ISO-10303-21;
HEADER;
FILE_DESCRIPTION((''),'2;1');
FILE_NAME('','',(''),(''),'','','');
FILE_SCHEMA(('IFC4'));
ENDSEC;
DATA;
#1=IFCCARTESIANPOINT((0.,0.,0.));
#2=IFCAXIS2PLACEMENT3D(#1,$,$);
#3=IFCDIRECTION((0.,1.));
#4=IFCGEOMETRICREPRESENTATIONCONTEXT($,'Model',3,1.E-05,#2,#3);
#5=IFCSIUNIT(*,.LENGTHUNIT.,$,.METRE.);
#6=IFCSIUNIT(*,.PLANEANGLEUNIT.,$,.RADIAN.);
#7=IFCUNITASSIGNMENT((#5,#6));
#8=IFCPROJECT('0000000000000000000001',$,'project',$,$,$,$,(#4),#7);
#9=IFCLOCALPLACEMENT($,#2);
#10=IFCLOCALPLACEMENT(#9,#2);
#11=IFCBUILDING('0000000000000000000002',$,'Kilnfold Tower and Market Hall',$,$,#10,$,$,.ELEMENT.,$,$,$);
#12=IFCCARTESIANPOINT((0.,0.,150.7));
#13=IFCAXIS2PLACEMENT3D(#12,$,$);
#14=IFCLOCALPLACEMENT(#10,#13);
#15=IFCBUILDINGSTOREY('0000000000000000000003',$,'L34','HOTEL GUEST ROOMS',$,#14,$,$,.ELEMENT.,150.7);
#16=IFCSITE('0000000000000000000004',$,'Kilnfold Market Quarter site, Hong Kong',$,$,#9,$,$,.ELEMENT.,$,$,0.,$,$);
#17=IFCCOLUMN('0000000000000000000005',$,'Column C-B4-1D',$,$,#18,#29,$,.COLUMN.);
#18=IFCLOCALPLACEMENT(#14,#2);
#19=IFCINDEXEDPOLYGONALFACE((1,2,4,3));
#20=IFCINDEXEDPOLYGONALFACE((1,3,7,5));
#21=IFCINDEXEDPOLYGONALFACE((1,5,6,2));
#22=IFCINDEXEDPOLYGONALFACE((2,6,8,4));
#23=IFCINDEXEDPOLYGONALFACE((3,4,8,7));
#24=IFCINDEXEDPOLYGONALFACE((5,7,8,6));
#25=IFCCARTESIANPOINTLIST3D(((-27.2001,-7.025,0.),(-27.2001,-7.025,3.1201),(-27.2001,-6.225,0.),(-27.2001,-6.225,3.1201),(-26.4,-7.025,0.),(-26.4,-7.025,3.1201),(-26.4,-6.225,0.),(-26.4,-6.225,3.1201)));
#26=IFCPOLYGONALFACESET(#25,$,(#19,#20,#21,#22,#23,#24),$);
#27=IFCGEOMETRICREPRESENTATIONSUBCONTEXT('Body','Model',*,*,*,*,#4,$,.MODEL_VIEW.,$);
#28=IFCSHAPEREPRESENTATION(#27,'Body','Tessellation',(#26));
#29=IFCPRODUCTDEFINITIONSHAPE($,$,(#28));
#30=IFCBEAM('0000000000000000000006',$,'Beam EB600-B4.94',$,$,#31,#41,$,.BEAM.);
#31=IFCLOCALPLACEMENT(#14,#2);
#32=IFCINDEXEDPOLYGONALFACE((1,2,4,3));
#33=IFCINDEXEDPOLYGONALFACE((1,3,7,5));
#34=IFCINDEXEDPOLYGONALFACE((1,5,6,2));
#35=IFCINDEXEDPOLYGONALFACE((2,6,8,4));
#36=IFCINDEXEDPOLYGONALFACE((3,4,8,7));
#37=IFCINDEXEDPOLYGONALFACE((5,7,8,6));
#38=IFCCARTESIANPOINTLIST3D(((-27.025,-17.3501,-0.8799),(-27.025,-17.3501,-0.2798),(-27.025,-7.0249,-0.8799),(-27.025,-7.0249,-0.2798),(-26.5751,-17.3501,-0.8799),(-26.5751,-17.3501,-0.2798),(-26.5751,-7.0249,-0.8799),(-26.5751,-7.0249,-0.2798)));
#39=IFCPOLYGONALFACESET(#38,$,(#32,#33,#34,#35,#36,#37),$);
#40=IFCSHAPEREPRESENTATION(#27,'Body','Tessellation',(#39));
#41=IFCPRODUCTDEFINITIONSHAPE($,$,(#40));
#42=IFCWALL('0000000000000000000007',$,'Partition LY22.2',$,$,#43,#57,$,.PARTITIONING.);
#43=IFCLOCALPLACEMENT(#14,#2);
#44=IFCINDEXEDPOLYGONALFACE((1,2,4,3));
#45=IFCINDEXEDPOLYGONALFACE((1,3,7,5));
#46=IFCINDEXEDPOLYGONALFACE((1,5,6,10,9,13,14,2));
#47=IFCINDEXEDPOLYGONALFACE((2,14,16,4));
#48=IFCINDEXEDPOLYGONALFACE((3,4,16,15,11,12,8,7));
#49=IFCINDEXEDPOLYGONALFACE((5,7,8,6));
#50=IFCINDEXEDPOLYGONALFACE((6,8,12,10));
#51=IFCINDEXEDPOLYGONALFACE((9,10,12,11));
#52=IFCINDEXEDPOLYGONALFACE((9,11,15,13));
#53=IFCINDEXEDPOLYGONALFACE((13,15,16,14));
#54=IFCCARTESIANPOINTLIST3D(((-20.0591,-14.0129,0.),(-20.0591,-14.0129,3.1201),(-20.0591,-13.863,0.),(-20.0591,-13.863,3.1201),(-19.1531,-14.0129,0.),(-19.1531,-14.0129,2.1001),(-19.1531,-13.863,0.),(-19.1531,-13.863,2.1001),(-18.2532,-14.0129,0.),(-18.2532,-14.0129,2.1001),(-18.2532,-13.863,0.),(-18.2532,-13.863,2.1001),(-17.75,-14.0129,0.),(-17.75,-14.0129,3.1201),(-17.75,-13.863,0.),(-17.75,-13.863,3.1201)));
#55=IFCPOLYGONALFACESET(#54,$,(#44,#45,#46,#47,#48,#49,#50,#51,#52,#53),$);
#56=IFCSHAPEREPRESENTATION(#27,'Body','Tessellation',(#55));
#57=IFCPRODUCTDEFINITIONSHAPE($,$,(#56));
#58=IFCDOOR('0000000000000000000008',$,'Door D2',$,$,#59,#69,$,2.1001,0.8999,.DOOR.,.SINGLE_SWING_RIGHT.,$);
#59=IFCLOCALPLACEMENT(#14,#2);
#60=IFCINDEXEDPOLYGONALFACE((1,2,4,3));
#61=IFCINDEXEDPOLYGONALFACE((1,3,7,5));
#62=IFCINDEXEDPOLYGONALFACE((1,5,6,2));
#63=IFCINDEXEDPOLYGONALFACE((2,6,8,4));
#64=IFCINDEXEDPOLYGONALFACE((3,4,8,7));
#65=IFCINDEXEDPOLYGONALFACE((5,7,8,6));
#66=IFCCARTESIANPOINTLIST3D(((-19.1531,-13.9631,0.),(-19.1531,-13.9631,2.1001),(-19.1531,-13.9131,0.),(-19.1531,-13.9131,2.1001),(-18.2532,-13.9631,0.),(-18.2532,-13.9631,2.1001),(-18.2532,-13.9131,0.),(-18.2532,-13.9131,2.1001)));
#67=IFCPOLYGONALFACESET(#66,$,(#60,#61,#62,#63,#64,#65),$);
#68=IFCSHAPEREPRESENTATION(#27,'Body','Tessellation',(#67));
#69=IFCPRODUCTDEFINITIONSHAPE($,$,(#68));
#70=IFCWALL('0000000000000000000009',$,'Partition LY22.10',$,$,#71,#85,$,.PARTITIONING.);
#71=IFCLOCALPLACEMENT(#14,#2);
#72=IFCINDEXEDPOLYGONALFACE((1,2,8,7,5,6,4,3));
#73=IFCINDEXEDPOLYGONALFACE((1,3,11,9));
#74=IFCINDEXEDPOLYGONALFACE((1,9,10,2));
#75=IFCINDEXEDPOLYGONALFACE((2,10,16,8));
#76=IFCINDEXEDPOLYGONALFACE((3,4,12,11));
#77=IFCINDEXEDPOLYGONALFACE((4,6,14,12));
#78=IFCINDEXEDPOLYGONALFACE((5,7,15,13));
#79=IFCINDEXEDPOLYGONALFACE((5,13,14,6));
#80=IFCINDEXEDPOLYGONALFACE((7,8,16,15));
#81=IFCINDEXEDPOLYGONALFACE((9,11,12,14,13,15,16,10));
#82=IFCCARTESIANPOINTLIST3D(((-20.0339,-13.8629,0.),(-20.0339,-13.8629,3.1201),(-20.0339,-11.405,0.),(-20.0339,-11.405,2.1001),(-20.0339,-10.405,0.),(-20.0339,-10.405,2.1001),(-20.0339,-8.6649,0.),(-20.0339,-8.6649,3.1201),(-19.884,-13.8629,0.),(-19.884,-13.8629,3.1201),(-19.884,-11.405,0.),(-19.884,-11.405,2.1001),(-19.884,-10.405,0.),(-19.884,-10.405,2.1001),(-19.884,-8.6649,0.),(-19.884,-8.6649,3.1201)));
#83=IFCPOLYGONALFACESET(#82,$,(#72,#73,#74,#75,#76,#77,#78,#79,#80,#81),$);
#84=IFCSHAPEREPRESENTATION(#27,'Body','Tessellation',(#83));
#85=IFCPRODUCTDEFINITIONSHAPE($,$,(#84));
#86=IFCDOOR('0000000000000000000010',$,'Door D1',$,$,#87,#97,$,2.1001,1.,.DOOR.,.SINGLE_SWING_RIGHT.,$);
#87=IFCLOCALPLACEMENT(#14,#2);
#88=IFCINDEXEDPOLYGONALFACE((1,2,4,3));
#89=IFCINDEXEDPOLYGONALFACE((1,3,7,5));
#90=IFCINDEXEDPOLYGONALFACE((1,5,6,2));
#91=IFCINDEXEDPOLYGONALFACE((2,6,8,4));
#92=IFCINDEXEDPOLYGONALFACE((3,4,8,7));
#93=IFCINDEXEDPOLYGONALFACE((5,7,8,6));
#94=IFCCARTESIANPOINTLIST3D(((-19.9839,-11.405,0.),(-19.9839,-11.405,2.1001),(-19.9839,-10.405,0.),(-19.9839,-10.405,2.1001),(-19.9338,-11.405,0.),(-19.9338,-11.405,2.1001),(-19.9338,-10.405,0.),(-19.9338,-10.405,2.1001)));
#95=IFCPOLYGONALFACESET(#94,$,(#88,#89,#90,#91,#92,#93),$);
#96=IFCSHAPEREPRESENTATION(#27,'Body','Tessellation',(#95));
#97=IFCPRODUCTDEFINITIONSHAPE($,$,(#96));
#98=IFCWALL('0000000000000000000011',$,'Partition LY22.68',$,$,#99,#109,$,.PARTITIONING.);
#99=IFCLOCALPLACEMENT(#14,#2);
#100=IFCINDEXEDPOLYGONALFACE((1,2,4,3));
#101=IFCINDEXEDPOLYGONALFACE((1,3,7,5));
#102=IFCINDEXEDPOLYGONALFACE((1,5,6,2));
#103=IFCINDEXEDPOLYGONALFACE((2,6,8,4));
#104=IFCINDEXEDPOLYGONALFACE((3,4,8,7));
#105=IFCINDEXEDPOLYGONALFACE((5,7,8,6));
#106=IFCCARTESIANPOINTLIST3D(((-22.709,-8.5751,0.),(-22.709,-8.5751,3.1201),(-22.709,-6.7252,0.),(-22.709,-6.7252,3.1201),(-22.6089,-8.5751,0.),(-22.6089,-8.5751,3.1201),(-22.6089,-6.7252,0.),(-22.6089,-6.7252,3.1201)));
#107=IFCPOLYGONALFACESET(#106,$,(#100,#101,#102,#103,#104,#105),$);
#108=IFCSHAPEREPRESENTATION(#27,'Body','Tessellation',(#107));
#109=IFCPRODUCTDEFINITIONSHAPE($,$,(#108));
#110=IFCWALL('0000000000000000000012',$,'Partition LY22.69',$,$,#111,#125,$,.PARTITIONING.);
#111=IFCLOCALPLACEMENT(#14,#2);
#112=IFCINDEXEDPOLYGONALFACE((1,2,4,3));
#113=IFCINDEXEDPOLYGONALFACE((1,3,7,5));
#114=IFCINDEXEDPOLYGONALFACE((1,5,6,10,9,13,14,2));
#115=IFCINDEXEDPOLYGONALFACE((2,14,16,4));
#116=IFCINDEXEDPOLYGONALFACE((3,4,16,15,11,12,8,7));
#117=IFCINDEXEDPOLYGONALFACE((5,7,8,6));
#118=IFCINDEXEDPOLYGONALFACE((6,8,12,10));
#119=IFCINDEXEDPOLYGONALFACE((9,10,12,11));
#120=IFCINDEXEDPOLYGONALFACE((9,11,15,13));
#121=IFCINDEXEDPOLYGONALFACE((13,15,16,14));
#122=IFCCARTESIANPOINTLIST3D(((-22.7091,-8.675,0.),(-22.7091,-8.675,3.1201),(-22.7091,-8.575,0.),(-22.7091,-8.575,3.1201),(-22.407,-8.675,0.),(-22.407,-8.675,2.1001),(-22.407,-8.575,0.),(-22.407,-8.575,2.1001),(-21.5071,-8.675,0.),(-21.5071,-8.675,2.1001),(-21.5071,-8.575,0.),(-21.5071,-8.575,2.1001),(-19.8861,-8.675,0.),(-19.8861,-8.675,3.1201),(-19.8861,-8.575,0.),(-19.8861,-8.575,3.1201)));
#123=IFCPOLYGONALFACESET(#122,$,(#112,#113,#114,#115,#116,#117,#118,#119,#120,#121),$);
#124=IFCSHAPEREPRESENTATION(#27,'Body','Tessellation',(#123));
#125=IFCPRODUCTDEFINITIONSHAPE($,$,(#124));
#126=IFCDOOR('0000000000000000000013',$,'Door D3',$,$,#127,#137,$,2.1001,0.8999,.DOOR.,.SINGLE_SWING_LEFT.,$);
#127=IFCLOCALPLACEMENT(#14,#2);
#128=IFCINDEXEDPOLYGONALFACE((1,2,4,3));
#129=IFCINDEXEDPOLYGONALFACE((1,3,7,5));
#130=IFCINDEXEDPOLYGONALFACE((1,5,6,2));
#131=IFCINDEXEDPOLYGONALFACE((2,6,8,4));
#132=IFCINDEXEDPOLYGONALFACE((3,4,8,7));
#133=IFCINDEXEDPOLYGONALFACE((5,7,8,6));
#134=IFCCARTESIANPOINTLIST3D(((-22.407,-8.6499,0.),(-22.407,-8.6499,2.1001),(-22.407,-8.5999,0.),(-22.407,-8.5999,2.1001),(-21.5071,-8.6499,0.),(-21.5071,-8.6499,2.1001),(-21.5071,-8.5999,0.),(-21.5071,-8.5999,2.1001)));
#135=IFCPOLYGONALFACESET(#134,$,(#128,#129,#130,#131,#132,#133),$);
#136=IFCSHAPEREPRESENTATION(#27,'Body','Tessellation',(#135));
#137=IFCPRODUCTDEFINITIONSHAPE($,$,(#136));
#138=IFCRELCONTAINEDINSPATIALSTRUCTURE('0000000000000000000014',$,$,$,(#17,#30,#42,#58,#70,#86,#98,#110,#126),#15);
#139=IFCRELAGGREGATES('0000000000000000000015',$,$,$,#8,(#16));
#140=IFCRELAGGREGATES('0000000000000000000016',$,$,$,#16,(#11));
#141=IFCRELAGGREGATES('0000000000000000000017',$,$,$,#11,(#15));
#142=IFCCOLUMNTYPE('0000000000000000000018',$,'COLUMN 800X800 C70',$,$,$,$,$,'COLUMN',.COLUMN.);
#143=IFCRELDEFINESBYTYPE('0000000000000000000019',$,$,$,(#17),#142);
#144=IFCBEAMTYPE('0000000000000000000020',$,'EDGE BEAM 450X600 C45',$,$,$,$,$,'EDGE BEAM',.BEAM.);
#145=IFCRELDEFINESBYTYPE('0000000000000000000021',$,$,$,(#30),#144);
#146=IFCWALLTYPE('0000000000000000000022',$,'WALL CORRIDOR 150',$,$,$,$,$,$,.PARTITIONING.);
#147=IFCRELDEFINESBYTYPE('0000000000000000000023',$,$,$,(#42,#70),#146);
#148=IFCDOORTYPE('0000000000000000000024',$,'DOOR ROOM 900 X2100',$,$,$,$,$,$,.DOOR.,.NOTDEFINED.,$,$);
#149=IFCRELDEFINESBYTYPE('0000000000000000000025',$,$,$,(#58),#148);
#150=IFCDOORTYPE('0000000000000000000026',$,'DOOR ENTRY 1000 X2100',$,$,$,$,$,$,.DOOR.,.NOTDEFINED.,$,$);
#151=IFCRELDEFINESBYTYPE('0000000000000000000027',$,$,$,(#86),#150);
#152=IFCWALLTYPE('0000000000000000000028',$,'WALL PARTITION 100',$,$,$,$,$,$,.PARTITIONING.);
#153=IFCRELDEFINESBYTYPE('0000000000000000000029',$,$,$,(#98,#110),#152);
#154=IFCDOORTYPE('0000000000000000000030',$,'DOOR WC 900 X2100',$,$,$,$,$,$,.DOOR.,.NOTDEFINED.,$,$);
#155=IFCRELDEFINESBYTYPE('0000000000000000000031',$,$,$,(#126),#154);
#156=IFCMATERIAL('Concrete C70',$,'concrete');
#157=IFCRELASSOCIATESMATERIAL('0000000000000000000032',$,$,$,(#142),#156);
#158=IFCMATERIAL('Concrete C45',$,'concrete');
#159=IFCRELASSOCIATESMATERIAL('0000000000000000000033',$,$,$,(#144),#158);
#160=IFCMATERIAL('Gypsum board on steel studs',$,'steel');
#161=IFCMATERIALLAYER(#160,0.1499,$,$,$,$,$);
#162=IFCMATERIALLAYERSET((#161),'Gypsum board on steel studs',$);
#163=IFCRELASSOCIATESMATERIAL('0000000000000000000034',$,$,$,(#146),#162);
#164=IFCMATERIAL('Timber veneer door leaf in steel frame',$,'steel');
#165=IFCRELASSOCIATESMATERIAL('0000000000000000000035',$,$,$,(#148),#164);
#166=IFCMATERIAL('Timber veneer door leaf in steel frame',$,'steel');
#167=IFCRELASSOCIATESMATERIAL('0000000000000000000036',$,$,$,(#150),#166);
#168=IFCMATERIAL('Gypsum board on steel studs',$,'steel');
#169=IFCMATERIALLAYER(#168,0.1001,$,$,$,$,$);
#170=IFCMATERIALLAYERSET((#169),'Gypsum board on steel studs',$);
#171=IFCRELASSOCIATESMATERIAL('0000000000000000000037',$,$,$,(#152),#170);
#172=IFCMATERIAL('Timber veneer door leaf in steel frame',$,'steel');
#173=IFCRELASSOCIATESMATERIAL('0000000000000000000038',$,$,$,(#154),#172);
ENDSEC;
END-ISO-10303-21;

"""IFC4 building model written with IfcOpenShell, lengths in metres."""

from ifc_helpers import new_model, si_unit, direction, frame, frame_2d, origin, origin_2d, place, context, subcontext, project, spatial, rectangle, extrude, source, transform, mapped, material, layer, layer_set, material_profile, profile_set, type_object, element, fill, save


model = new_model("IFC4")

# Units and contexts
model_context = context("Model", 3, precision=1e-05, world=origin(), true_north=direction((0.0, 1.0)))
body_context = subcontext(model_context, "Body", "Model", "MODEL_VIEW")
ifc_project = project(units=[si_unit("LENGTHUNIT", "METRE"), si_unit("PLANEANGLEUNIT", "RADIAN")], contexts=[model_context])

# Site, building, storey
site_placement = place(None, origin())
site = spatial("IfcSite", under=ifc_project, at=site_placement, Name="Kilnfold Market Quarter site, Hong Kong", CompositionType="ELEMENT", RefElevation=0.0)
building_placement = place(site_placement, origin())
building = spatial("IfcBuilding", under=site, at=building_placement, Name="Kilnfold Tower and Market Hall", CompositionType="ELEMENT")
storey_placement = place(building_placement, frame((0.0, 0.0, 150.7)))
storey = spatial("IfcBuildingStorey", under=building, at=storey_placement, Name="L34", Description="HOTEL GUEST ROOMS", CompositionType="ELEMENT", Elevation=150.7)

# Column
ifc_material_1 = material(Name="Concrete C70", Category="concrete")
ifc_material_profile_1 = material_profile(ifc_material_1, rectangle(XDim=0.8, YDim=0.8, at=origin_2d()), Name="RC 800x800")
ifc_profile_set_1 = profile_set([ifc_material_profile_1], Name="Concrete C70")
column_type = type_object("IfcColumnType", Name="COLUMN 800X800 C70", ElementType="COLUMN", PredefinedType="COLUMN", material=ifc_profile_set_1)
shared_shape_1 = source(origin(), body_context, "Body", "SweptSolid", [
    extrude(rectangle(XDim=0.8, YDim=0.8, at=origin_2d()), origin(), (0.0, 0.0, 1.0), 3.1201),
])
column_placement = place(storey_placement, frame((-26.8, -6.625, 0.0), z_axis=(0.0, 0.0, 1.0), x_axis=(1.0, 0.0, 0.0)))
element("IfcColumn", 1, at=column_placement, inside=storey, type_object=column_type, Name="Column C-B4-1D", PredefinedType="COLUMN", context=body_context, shape_type="MappedRepresentation", body=[
    mapped(shared_shape_1, transform((0.0, 0.0, 0.0))),
])

# Beam
ifc_material_2 = material(Name="Concrete C45", Category="concrete")
ifc_material_profile_2 = material_profile(ifc_material_2, rectangle(XDim=0.45, YDim=0.6001, at=origin_2d()), Name="RC 450x600")
ifc_profile_set_2 = profile_set([ifc_material_profile_2], Name="Concrete C45")
beam_type = type_object("IfcBeamType", Name="EDGE BEAM 450X600 C45", ElementType="EDGE BEAM", PredefinedType="BEAM", material=ifc_profile_set_2)
shared_shape_2 = source(origin(), body_context, "Body", "SweptSolid", [
    extrude(rectangle(XDim=0.45, YDim=0.6001, at=origin_2d()), origin(), (0.0, 0.0, 1.0), 10.3252),
])
beam_placement = place(storey_placement, frame((-26.8, -17.3501, -0.5798), z_axis=(0.0, 1.0, 0.0), x_axis=(-1.0, 0.0, 0.0)))
element("IfcBeam", 2, at=beam_placement, inside=storey, type_object=beam_type, Name="Beam EB600-B4.94", PredefinedType="BEAM", context=body_context, shape_type="MappedRepresentation", body=[
    mapped(shared_shape_2, transform((0.0, 0.0, 0.0))),
])

# Walls, openings, doors
ifc_material_3 = material(Name="Gypsum board on steel studs", Category="steel")
ifc_layer_1 = layer(ifc_material_3, 0.1499)
ifc_layer_set_1 = layer_set([ifc_layer_1], Name="Gypsum board on steel studs")
wall_type_1 = type_object("IfcWallType", Name="WALL CORRIDOR 150", PredefinedType="PARTITIONING", material=ifc_layer_set_1)
wall_1_placement = place(storey_placement, frame((-20.0591, -13.938, 0.0), z_axis=(0.0, 0.0, 1.0), x_axis=(1.0, 0.0, 0.0)))
wall_1 = element("IfcWall", 3, at=wall_1_placement, inside=storey, type_object=wall_type_1, Name="Partition LY22.2", PredefinedType="PARTITIONING", context=body_context, shape_type="SweptSolid", body=[
    extrude(rectangle(XDim=2.3091, YDim=0.1499, at=frame_2d((1.1545, 0.0))), origin(), (0.0, 0.0, 1.0), 3.1201),
])
opening_1_placement = place(wall_1_placement, frame((0.906, 0.0, 0.0)))
opening_1 = element("IfcOpeningElement", 4, at=opening_1_placement, cuts=wall_1, PredefinedType="OPENING", context=body_context, shape_type="SweptSolid", body=[
    extrude(rectangle(XDim=0.8999, YDim=2.1001, at=frame_2d((0.45, 1.05))), frame((0.0, 0.085, 0.0), z_axis=(0.0, -1.0, 0.0), x_axis=(1.0, 0.0, 0.0)), (0.0, 0.0, 1.0), 0.1699),
])
ifc_material_4 = material(Name="Timber veneer door leaf in steel frame", Category="steel")
door_type_1 = type_object("IfcDoorType", Name="DOOR ROOM 900 X2100", OperationType="NOTDEFINED", PredefinedType="DOOR", material=ifc_material_4)
door_1_placement = place(opening_1_placement, origin())
door_1 = element("IfcDoor", 5, at=door_1_placement, inside=storey, type_object=door_type_1, Name="Door D2", OperationType="SINGLE_SWING_RIGHT", OverallHeight=2.1001, OverallWidth=0.8999, PredefinedType="DOOR", context=body_context, shape_type="SweptSolid", body=[
    extrude(rectangle(XDim=0.8999, YDim=2.1001, at=frame_2d((0.45, 1.05))), frame((0.0, 0.0249, 0.0), z_axis=(0.0, -1.0, 0.0), x_axis=(1.0, 0.0, 0.0)), (0.0, 0.0, 1.0), 0.05),
])
fill(opening_1, door_1)
wall_2_placement = place(storey_placement, frame((-19.959, -13.863, 0.0), z_axis=(0.0, 0.0, 1.0), x_axis=(0.0, 1.0, 0.0)))
wall_2 = element("IfcWall", 6, at=wall_2_placement, inside=storey, type_object=wall_type_1, Name="Partition LY22.10", PredefinedType="PARTITIONING", context=body_context, shape_type="SweptSolid", body=[
    extrude(rectangle(XDim=5.198, YDim=0.1499, at=frame_2d((2.5991, 0.0))), origin(), (0.0, 0.0, 1.0), 3.1201),
])
opening_2_placement = place(wall_2_placement, frame((2.458, 0.0, 0.0)))
opening_2 = element("IfcOpeningElement", 7, at=opening_2_placement, cuts=wall_2, PredefinedType="OPENING", context=body_context, shape_type="SweptSolid", body=[
    extrude(rectangle(XDim=1.0, YDim=2.1001, at=frame_2d((0.5, 1.05))), frame((0.0, 0.085, 0.0), z_axis=(0.0, -1.0, 0.0), x_axis=(1.0, 0.0, 0.0)), (0.0, 0.0, 1.0), 0.1699),
])
ifc_material_5 = material(Name="Timber veneer door leaf in steel frame", Category="steel")
door_type_2 = type_object("IfcDoorType", Name="DOOR ENTRY 1000 X2100", OperationType="NOTDEFINED", PredefinedType="DOOR", material=ifc_material_5)
door_2_placement = place(opening_2_placement, origin())
door_2 = element("IfcDoor", 8, at=door_2_placement, inside=storey, type_object=door_type_2, Name="Door D1", OperationType="SINGLE_SWING_RIGHT", OverallHeight=2.1001, OverallWidth=1.0, PredefinedType="DOOR", context=body_context, shape_type="SweptSolid", body=[
    extrude(rectangle(XDim=1.0, YDim=2.1001, at=frame_2d((0.5, 1.05))), frame((0.0, 0.0249, 0.0), z_axis=(0.0, -1.0, 0.0), x_axis=(1.0, 0.0, 0.0)), (0.0, 0.0, 1.0), 0.05),
])
fill(opening_2, door_2)

# Wall
ifc_material_6 = material(Name="Gypsum board on steel studs", Category="steel")
ifc_layer_2 = layer(ifc_material_6, 0.1001)
ifc_layer_set_2 = layer_set([ifc_layer_2], Name="Gypsum board on steel studs")
wall_type_2 = type_object("IfcWallType", Name="WALL PARTITION 100", PredefinedType="PARTITIONING", material=ifc_layer_set_2)
wall_3_placement = place(storey_placement, frame((-22.6589, -8.575, 0.0), z_axis=(0.0, 0.0, 1.0), x_axis=(0.0, 1.0, 0.0)))
element("IfcWall", 9, at=wall_3_placement, inside=storey, type_object=wall_type_2, Name="Partition LY22.68", PredefinedType="PARTITIONING", context=body_context, shape_type="SweptSolid", body=[
    extrude(rectangle(XDim=1.8499, YDim=0.1001, at=frame_2d((0.9248, 0.0))), origin(), (0.0, 0.0, 1.0), 3.1201),
])

# Wall, opening, door
wall_4_placement = place(storey_placement, frame((-19.886, -8.625, 0.0), z_axis=(0.0, 0.0, 1.0), x_axis=(-1.0, 0.0, 0.0)))
wall_4 = element("IfcWall", 10, at=wall_4_placement, inside=storey, type_object=wall_type_2, Name="Partition LY22.69", PredefinedType="PARTITIONING", context=body_context, shape_type="SweptSolid", body=[
    extrude(rectangle(XDim=2.823, YDim=0.1001, at=frame_2d((1.4116, 0.0))), origin(), (0.0, 0.0, 1.0), 3.1201),
])
opening_3_placement = place(wall_4_placement, frame((1.6211, 0.0, 0.0)))
opening_3 = element("IfcOpeningElement", 11, at=opening_3_placement, cuts=wall_4, PredefinedType="OPENING", context=body_context, shape_type="SweptSolid", body=[
    extrude(rectangle(XDim=0.8999, YDim=2.1001, at=frame_2d((0.45, 1.05))), frame((0.0, 0.0601, 0.0), z_axis=(0.0, -1.0, 0.0), x_axis=(1.0, 0.0, 0.0)), (0.0, 0.0, 1.0), 0.1201),
])
ifc_material_7 = material(Name="Timber veneer door leaf in steel frame", Category="steel")
door_type_3 = type_object("IfcDoorType", Name="DOOR WC 900 X2100", OperationType="NOTDEFINED", PredefinedType="DOOR", material=ifc_material_7)
door_3_placement = place(opening_3_placement, origin())
door_3 = element("IfcDoor", 12, at=door_3_placement, inside=storey, type_object=door_type_3, Name="Door D3", OperationType="SINGLE_SWING_LEFT", OverallHeight=2.1001, OverallWidth=0.8999, PredefinedType="DOOR", context=body_context, shape_type="SweptSolid", body=[
    extrude(rectangle(XDim=0.8999, YDim=2.1001, at=frame_2d((0.45, 1.05))), frame((0.0, 0.0249, 0.0), z_axis=(0.0, -1.0, 0.0), x_axis=(1.0, 0.0, 0.0)), (0.0, 0.0, 1.0), 0.05),
])
fill(opening_3, door_3)

save(model, "model.ifc")
